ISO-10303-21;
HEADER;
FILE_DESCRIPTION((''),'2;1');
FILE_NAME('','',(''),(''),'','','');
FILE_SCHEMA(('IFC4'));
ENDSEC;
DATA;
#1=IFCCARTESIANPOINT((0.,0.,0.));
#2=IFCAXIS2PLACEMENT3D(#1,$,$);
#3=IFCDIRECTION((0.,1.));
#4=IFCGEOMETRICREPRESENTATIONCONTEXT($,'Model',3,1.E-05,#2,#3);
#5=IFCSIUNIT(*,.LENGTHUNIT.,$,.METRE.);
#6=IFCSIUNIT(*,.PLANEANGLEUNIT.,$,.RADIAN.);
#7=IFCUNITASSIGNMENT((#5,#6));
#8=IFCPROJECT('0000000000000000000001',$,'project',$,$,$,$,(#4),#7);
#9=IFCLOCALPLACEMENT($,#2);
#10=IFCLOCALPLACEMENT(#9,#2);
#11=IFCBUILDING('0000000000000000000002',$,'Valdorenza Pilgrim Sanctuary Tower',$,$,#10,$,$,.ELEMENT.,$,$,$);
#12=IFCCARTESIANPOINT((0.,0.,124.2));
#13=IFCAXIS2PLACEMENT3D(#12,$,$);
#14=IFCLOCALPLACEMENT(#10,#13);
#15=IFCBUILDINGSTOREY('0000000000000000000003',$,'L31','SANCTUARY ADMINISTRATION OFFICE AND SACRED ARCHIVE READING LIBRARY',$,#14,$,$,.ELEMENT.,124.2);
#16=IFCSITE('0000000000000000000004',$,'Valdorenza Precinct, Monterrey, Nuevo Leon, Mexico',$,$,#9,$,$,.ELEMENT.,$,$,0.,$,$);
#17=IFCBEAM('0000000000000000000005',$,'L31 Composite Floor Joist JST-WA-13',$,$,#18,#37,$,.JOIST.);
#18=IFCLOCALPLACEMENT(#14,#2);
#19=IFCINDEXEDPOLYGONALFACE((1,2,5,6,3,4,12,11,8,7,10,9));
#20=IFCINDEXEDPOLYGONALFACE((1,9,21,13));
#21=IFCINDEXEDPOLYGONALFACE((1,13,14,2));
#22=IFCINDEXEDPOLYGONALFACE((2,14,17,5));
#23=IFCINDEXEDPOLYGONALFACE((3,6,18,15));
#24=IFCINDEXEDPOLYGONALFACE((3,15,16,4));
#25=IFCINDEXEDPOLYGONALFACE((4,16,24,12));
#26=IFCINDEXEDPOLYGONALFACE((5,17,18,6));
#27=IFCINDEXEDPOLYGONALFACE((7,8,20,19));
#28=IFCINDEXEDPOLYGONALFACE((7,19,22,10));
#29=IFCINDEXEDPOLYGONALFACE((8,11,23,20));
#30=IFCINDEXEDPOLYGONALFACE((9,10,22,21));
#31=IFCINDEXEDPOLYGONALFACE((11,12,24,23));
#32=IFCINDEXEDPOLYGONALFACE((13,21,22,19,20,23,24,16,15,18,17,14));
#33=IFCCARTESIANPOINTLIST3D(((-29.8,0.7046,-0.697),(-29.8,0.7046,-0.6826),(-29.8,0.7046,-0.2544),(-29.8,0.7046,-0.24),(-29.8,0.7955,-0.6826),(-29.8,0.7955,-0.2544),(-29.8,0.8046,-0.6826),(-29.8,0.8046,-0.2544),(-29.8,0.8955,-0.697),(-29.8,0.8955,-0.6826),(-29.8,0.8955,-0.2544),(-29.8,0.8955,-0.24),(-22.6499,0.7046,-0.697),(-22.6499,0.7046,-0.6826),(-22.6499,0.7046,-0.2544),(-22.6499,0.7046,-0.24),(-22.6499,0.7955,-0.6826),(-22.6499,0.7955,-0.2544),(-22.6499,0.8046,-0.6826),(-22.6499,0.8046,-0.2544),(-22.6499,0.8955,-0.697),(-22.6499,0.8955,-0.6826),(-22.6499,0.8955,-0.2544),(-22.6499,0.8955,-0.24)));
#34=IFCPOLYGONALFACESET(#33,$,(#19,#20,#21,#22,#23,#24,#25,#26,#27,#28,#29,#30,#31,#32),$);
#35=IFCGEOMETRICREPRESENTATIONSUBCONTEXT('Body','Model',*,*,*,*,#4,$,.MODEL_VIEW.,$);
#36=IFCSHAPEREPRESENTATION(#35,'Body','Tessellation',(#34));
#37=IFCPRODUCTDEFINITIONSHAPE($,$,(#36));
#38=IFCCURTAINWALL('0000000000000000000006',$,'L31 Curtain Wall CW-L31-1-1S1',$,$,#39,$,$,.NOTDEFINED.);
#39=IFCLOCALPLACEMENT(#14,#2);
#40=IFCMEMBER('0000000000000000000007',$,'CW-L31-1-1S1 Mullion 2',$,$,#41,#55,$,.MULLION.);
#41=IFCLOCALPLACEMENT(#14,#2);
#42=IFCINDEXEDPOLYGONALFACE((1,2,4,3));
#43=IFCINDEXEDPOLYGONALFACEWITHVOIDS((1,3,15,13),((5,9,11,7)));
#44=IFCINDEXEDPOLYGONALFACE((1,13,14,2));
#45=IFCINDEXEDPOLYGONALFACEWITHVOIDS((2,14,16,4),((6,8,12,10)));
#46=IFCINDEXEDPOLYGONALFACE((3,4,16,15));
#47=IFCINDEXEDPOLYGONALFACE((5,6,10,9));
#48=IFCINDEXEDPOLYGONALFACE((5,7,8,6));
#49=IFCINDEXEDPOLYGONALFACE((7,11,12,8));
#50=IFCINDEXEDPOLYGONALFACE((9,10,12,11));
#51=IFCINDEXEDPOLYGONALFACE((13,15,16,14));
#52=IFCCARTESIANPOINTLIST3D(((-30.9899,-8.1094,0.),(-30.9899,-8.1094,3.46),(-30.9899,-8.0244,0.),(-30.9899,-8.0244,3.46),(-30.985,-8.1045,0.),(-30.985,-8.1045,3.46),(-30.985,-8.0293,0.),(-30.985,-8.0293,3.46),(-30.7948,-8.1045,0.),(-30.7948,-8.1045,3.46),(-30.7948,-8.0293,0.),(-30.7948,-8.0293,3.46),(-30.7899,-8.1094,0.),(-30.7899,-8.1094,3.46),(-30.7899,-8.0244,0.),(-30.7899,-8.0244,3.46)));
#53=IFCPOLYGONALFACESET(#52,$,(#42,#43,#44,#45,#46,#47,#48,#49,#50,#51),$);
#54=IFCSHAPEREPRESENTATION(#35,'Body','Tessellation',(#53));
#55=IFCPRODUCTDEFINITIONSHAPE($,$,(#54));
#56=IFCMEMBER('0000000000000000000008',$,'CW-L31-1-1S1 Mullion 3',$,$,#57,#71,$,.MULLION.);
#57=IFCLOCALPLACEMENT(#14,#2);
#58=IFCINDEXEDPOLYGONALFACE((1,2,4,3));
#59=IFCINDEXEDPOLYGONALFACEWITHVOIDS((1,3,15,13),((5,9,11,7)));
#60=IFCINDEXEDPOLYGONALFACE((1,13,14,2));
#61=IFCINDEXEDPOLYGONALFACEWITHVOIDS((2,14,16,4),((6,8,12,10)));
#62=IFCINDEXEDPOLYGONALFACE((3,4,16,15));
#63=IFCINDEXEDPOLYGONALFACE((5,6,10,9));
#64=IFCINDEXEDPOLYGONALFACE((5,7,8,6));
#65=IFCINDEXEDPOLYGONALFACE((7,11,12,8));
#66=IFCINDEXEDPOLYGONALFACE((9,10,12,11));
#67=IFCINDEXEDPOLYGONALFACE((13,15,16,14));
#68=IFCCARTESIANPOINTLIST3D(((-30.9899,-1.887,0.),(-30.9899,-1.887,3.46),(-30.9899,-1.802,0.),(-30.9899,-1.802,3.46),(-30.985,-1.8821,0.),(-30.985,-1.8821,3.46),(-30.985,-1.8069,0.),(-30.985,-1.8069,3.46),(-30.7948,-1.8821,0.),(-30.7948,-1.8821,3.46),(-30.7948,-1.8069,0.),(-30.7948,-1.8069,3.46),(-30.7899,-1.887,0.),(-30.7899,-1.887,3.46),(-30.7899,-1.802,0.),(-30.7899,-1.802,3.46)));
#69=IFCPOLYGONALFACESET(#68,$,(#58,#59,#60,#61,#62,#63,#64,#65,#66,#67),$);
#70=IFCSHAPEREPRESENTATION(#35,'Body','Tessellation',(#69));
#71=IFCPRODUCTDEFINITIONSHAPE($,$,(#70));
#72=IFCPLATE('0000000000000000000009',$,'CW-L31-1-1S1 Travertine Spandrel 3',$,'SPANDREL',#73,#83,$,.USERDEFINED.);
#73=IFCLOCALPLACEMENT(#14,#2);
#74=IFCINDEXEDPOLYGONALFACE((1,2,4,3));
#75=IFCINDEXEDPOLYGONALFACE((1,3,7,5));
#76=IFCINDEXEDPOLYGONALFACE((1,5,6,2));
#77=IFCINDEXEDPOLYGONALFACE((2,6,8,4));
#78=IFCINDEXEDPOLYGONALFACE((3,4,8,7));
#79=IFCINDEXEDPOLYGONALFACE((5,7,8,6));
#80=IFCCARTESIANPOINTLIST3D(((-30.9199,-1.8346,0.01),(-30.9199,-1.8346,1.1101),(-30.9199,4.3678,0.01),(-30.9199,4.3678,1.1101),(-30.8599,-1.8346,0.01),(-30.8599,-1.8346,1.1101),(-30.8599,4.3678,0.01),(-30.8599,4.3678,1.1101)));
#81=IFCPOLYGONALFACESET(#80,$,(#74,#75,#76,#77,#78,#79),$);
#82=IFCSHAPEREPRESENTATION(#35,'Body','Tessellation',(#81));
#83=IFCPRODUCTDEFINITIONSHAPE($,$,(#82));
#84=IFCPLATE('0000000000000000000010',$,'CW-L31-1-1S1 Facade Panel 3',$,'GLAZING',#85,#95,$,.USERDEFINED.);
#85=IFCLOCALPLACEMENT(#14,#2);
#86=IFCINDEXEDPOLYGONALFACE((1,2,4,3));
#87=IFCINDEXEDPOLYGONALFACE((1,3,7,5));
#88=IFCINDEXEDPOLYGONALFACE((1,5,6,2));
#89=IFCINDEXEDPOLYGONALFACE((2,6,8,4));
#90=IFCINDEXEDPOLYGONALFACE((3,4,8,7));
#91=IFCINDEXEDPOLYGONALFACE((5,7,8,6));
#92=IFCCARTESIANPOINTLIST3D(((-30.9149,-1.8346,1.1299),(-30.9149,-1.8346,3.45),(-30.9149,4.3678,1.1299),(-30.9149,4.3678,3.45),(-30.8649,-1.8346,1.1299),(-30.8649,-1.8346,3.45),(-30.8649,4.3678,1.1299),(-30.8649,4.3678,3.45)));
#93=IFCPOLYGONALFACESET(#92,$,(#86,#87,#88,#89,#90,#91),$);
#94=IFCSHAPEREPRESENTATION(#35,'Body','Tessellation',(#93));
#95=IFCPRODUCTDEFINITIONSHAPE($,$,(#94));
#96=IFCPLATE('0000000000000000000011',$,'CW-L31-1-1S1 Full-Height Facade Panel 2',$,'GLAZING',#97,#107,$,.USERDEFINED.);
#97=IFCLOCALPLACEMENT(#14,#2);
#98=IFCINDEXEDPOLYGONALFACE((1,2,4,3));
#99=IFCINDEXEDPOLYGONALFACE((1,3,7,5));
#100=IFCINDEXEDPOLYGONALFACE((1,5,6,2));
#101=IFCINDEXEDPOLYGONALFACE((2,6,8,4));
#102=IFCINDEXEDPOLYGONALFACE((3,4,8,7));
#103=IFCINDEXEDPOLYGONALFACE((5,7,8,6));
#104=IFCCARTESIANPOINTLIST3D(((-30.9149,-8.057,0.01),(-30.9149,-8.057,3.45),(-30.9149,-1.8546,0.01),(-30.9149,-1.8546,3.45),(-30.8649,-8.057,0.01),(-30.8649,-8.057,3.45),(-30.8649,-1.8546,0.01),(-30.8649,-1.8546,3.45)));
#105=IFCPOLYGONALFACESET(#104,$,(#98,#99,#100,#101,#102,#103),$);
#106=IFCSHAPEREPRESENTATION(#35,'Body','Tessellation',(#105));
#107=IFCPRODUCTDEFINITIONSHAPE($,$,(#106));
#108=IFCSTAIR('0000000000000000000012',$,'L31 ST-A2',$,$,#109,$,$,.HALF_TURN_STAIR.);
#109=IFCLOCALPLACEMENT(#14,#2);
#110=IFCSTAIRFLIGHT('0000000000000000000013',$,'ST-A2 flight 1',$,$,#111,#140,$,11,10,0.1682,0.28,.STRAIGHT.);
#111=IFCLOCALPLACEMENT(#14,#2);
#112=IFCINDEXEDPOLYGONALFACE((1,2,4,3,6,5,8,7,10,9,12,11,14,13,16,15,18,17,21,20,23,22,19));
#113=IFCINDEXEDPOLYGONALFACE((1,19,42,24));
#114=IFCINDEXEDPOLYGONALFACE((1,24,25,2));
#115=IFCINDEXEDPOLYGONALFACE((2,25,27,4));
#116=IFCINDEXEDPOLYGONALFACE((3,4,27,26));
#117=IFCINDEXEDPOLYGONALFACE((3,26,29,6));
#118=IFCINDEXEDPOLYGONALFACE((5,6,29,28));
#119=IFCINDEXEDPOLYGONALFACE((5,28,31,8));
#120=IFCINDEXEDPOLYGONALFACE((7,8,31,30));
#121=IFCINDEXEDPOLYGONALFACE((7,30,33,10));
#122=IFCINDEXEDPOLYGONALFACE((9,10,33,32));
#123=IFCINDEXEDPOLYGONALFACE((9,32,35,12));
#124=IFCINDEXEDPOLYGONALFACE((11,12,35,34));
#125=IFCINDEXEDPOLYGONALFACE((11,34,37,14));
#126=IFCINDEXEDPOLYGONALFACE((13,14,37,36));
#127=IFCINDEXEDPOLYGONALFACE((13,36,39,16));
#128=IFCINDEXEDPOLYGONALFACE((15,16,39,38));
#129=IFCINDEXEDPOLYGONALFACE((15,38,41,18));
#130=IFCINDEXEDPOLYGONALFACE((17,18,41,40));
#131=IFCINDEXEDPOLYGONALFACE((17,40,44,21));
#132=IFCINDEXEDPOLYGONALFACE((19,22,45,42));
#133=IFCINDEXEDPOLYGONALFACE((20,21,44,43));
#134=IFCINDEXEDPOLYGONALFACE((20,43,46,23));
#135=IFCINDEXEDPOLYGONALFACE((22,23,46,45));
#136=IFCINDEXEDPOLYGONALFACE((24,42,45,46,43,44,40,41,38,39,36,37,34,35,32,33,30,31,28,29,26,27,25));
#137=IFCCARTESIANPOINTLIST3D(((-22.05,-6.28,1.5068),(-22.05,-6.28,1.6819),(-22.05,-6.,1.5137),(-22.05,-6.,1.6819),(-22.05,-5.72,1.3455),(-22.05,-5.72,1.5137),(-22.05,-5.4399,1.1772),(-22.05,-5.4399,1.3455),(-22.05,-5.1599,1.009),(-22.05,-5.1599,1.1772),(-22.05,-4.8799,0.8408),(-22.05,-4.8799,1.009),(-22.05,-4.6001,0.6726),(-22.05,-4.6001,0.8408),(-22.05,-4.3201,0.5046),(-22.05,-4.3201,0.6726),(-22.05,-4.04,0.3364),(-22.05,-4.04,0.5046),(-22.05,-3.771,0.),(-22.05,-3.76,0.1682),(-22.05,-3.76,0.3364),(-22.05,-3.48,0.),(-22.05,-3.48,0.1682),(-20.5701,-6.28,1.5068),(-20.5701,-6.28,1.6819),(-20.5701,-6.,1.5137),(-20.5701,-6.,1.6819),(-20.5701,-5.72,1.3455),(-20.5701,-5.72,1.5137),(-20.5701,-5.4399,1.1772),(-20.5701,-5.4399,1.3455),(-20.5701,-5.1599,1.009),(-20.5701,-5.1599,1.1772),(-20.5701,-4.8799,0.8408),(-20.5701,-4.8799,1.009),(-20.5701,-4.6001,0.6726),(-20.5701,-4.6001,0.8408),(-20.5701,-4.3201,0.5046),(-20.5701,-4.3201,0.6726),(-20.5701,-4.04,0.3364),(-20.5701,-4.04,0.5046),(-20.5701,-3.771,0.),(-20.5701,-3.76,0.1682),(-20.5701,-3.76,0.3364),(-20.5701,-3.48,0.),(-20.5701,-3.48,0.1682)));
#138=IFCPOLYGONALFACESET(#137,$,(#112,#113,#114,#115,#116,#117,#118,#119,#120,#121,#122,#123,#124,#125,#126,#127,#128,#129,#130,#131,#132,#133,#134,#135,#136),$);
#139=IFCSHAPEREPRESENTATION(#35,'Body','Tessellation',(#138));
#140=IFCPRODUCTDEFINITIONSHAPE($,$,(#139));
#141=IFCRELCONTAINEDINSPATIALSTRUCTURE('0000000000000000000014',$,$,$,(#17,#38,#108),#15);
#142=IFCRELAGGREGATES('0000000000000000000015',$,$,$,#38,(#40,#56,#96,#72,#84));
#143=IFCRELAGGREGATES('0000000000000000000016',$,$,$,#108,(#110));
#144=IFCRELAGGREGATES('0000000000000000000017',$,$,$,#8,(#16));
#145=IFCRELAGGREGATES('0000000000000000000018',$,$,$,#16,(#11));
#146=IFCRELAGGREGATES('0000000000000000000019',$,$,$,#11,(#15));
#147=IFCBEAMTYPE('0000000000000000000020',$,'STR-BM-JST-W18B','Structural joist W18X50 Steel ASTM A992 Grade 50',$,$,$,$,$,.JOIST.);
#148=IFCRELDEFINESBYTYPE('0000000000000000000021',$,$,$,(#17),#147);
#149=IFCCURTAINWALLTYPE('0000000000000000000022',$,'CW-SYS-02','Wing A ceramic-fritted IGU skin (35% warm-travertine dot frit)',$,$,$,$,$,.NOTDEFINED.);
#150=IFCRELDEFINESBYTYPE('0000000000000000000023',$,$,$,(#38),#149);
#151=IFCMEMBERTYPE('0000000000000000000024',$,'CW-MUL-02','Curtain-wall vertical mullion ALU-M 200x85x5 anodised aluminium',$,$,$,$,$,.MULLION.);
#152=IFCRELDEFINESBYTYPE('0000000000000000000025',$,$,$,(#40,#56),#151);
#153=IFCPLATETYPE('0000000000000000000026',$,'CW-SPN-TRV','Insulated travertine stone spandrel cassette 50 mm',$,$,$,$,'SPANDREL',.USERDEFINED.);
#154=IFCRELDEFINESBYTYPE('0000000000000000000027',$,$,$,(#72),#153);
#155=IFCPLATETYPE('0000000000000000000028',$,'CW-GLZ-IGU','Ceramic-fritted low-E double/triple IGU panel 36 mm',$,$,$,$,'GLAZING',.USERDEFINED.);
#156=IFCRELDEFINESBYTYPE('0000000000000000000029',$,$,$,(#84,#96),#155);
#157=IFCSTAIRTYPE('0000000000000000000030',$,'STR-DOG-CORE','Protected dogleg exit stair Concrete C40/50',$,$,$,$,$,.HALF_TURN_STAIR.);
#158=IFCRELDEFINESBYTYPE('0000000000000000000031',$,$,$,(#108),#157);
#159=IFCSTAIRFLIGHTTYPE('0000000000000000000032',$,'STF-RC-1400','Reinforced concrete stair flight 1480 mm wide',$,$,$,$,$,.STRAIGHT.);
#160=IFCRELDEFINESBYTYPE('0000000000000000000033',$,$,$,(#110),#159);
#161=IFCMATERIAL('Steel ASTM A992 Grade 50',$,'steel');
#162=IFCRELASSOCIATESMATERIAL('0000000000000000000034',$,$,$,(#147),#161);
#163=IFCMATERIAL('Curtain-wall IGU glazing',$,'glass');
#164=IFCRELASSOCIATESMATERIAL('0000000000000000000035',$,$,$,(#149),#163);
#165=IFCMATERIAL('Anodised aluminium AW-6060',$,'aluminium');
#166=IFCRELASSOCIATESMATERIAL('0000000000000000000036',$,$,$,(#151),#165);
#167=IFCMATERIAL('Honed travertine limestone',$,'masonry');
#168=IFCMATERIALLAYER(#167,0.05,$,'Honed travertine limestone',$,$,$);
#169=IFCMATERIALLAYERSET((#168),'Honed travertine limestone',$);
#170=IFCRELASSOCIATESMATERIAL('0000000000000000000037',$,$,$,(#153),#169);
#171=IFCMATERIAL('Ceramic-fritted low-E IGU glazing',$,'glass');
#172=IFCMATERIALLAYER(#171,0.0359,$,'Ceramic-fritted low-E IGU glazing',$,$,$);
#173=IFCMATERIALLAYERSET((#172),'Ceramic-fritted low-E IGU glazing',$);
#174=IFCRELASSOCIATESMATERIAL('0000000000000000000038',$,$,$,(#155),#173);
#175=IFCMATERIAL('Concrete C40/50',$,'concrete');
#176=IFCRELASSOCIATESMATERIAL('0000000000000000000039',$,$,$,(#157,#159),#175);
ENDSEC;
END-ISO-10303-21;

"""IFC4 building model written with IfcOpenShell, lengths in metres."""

from ifc_helpers import new_model, si_unit, direction, frame, origin, origin_2d, place, context, subcontext, project, spatial, polyline, rectangle, hollow_rectangle, i_section, outline, extrude, source, transform, mapped, material, layer, layer_set, material_profile, profile_set, type_object, element, aggregate, save


model = new_model("IFC4")

# Units and contexts
model_context = context("Model", 3, precision=1e-05, world=origin(), true_north=direction((0.0, 1.0)))
body_context = subcontext(model_context, "Body", "Model", "MODEL_VIEW")
ifc_project = project(units=[si_unit("LENGTHUNIT", "METRE"), si_unit("PLANEANGLEUNIT", "RADIAN")], contexts=[model_context])

# Site, building, storey
site_placement = place(None, origin())
site = spatial("IfcSite", under=ifc_project, at=site_placement, Name="Valdorenza Precinct, Monterrey, Nuevo Leon, Mexico", CompositionType="ELEMENT", RefElevation=0.0)
building_placement = place(site_placement, origin())
building = spatial("IfcBuilding", under=site, at=building_placement, Name="Valdorenza Pilgrim Sanctuary Tower", CompositionType="ELEMENT")
storey_placement = place(building_placement, frame((0.0, 0.0, 124.2)))
storey = spatial("IfcBuildingStorey", under=building, at=storey_placement, Name="L31", Description="SANCTUARY ADMINISTRATION OFFICE AND SACRED ARCHIVE READING LIBRARY", CompositionType="ELEMENT", Elevation=124.2)

# Beam
ifc_material_1 = material(Name="Steel ASTM A992 Grade 50", Category="steel")
ifc_material_profile_1 = material_profile(ifc_material_1, i_section(OverallWidth=0.1909, OverallDepth=0.457, WebThickness=0.009, FlangeThickness=0.0144, at=origin_2d()), Name="W18X50")
ifc_profile_set_1 = profile_set([ifc_material_profile_1], Name="Steel ASTM A992 Grade 50")
beam_type_1 = type_object("IfcBeamType", Name="STR-BM-JST-W18B", Description="Structural joist W18X50 Steel ASTM A992 Grade 50", PredefinedType="JOIST", material=ifc_profile_set_1)
shared_shape_1 = source(origin(), body_context, "Body", "SweptSolid", [
    extrude(i_section(OverallWidth=0.1909, OverallDepth=0.457, WebThickness=0.009, FlangeThickness=0.0144, at=origin_2d()), origin(), (0.0, 0.0, 1.0), 7.1501),
])
for number, where, z_axis, x_axis, name in (
    (1, (-29.8, 0.8, -0.4685), (1.0, 0.0, 0.0), (0.0, 1.0, 0.0), "L31 Composite Floor Joist JST-WA-13"),
):
    element("IfcBeam", number, at=place(storey_placement, frame(where, z_axis=z_axis, x_axis=x_axis)), inside=storey, type_object=beam_type_1, Name=name, PredefinedType="JOIST", context=body_context, shape_type="MappedRepresentation", body=[
        mapped(shared_shape_1, transform((0.0, 0.0, 0.0), x_axis=(1.0, 0.0, 0.0), y_axis=(0.0, 1.0, 0.0), z_axis=(0.0, 0.0, 1.0), scale=1.0)),
    ])

# Curtain wall, members, plates
ifc_material_2 = material(Name="Curtain-wall IGU glazing", Category="glass")
curtain_wall_type = type_object("IfcCurtainWallType", Name="CW-SYS-02", Description="Wing A ceramic-fritted IGU skin (35% warm-travertine dot frit)", PredefinedType="NOTDEFINED", material=ifc_material_2)
curtain_wall_placement = place(storey_placement, origin())
curtain_wall = element("IfcCurtainWall", 2, at=curtain_wall_placement, inside=storey, type_object=curtain_wall_type, Name="L31 Curtain Wall CW-L31-1-1S1", PredefinedType="NOTDEFINED")
ifc_material_3 = material(Name="Anodised aluminium AW-6060", Category="aluminium")
ifc_material_profile_2 = material_profile(ifc_material_3, hollow_rectangle(XDim=0.085, YDim=0.2, WallThickness=0.0049, at=origin_2d()), Name="ALU-M 200x85x5")
ifc_profile_set_2 = profile_set([ifc_material_profile_2], Name="Anodised aluminium AW-6060")
member_type = type_object("IfcMemberType", Name="CW-MUL-02", Description="Curtain-wall vertical mullion ALU-M 200x85x5 anodised aluminium", PredefinedType="MULLION", material=ifc_profile_set_2)
shared_shape_2 = source(origin(), body_context, "Body", "SweptSolid", [
    extrude(hollow_rectangle(XDim=0.085, YDim=0.2, WallThickness=0.0049, at=origin_2d()), origin(), (0.0, 0.0, 1.0), 3.46),
])
member_1_placement = place(storey_placement, frame((-30.8899, -8.0669, 0.0), z_axis=(0.0, 0.0, 1.0), x_axis=(0.0, 1.0, 0.0)))
member_1 = element("IfcMember", 3, at=member_1_placement, type_object=member_type, Name="CW-L31-1-1S1 Mullion 2", PredefinedType="MULLION", context=body_context, shape_type="MappedRepresentation", body=[
    mapped(shared_shape_2, transform((0.0, 0.0, 0.0), x_axis=(1.0, 0.0, 0.0), y_axis=(0.0, 1.0, 0.0), z_axis=(0.0, 0.0, 1.0), scale=1.0)),
])
member_2_placement = place(storey_placement, frame((-30.8899, -1.8445, 0.0), z_axis=(0.0, 0.0, 1.0), x_axis=(0.0, 1.0, 0.0)))
member_2 = element("IfcMember", 4, at=member_2_placement, type_object=member_type, Name="CW-L31-1-1S1 Mullion 3", PredefinedType="MULLION", context=body_context, shape_type="MappedRepresentation", body=[
    mapped(shared_shape_2, transform((0.0, 0.0, 0.0), x_axis=(1.0, 0.0, 0.0), y_axis=(0.0, 1.0, 0.0), z_axis=(0.0, 0.0, 1.0), scale=1.0)),
])
ifc_material_4 = material(Name="Honed travertine limestone", Category="masonry")
ifc_layer_1 = layer(ifc_material_4, 0.05, Name="Honed travertine limestone")
ifc_layer_set_1 = layer_set([ifc_layer_1], Name="Honed travertine limestone")
plate_type_1 = type_object("IfcPlateType", Name="CW-SPN-TRV", Description="Insulated travertine stone spandrel cassette 50 mm", ElementType="SPANDREL", PredefinedType="USERDEFINED", material=ifc_layer_set_1)
shared_shape_3 = source(origin(), body_context, "Body", "SweptSolid", [
    extrude(rectangle(XDim=6.2024, YDim=0.0601, at=origin_2d()), origin(), (0.0, 0.0, 1.0), 1.1001),
])
plate_1_placement = place(storey_placement, frame((-30.8899, 1.2666, 0.01), z_axis=(0.0, 0.0, 1.0), x_axis=(0.0, 1.0, 0.0)))
plate_1 = element("IfcPlate", 5, at=plate_1_placement, type_object=plate_type_1, Name="CW-L31-1-1S1 Travertine Spandrel 3", ObjectType="SPANDREL", PredefinedType="USERDEFINED", context=body_context, shape_type="MappedRepresentation", body=[
    mapped(shared_shape_3, transform((0.0, 0.0, 0.0), x_axis=(1.0, 0.0, 0.0), y_axis=(0.0, 1.0, 0.0), z_axis=(0.0, 0.0, 1.0), scale=1.0)),
])
ifc_material_5 = material(Name="Ceramic-fritted low-E IGU glazing", Category="glass")
ifc_layer_2 = layer(ifc_material_5, 0.0359, Name="Ceramic-fritted low-E IGU glazing")
ifc_layer_set_2 = layer_set([ifc_layer_2], Name="Ceramic-fritted low-E IGU glazing")
plate_type_2 = type_object("IfcPlateType", Name="CW-GLZ-IGU", Description="Ceramic-fritted low-E double/triple IGU panel 36 mm", ElementType="GLAZING", PredefinedType="USERDEFINED", material=ifc_layer_set_2)
shared_shape_4 = source(origin(), body_context, "Body", "SweptSolid", [
    extrude(rectangle(XDim=6.2024, YDim=0.05, at=origin_2d()), origin(), (0.0, 0.0, 1.0), 2.3201),
])
plate_2_placement = place(storey_placement, frame((-30.8899, 1.2666, 1.1299), z_axis=(0.0, 0.0, 1.0), x_axis=(0.0, 1.0, 0.0)))
plate_2 = element("IfcPlate", 6, at=plate_2_placement, type_object=plate_type_2, Name="CW-L31-1-1S1 Facade Panel 3", ObjectType="GLAZING", PredefinedType="USERDEFINED", context=body_context, shape_type="MappedRepresentation", body=[
    mapped(shared_shape_4, transform((0.0, 0.0, 0.0), x_axis=(1.0, 0.0, 0.0), y_axis=(0.0, 1.0, 0.0), z_axis=(0.0, 0.0, 1.0), scale=1.0)),
])
shared_shape_5 = source(origin(), body_context, "Body", "SweptSolid", [
    extrude(rectangle(XDim=6.2024, YDim=0.05, at=origin_2d()), origin(), (0.0, 0.0, 1.0), 3.4399),
])
plate_3_placement = place(storey_placement, frame((-30.8899, -4.9558, 0.01), z_axis=(0.0, 0.0, 1.0), x_axis=(0.0, 1.0, 0.0)))
plate_3 = element("IfcPlate", 7, at=plate_3_placement, type_object=plate_type_2, Name="CW-L31-1-1S1 Full-Height Facade Panel 2", ObjectType="GLAZING", PredefinedType="USERDEFINED", context=body_context, shape_type="MappedRepresentation", body=[
    mapped(shared_shape_5, transform((0.0, 0.0, 0.0), x_axis=(1.0, 0.0, 0.0), y_axis=(0.0, 1.0, 0.0), z_axis=(0.0, 0.0, 1.0), scale=1.0)),
])
aggregate(curtain_wall, [member_1, member_2, plate_3, plate_1, plate_2])

# Shared definitions
ifc_material_6 = material(Name="Concrete C40/50", Category="concrete")

# Stair, stair flight
stair_type = type_object("IfcStairType", Name="STR-DOG-CORE", Description="Protected dogleg exit stair Concrete C40/50", PredefinedType="HALF_TURN_STAIR", material=ifc_material_6)
stair_placement = place(storey_placement, origin())
stair = element("IfcStair", 8, at=stair_placement, inside=storey, type_object=stair_type, Name="L31 ST-A2", PredefinedType="HALF_TURN_STAIR")
stair_flight_type = type_object("IfcStairFlightType", Name="STF-RC-1400", Description="Reinforced concrete stair flight 1480 mm wide", PredefinedType="STRAIGHT", material=ifc_material_6)
stair_flight_placement = place(storey_placement, frame((-21.3101, -3.48, 0.0), z_axis=(0.0, 0.0, 1.0), x_axis=(0.0, -1.0, 0.0)))
stair_flight = element("IfcStairFlight", 9, at=stair_flight_placement, type_object=stair_flight_type, Name="ST-A2 flight 1", NumberOfRisers=11, NumberOfTreads=10, PredefinedType="STRAIGHT", RiserHeight=0.1682, TreadLength=0.28, context=body_context, shape_type="SweptSolid", body=[
    extrude(outline(polyline([(0.0, 0.0), (0.0, 0.1682), (0.28, 0.1682), (0.28, 0.3364), (0.5601, 0.3364), (0.5601, 0.5046), (0.8401, 0.5046), (0.8401, 0.6726), (1.1201, 0.6726), (1.1201, 0.8408), (1.3999, 0.8408), (1.3999, 1.009), (1.6799, 1.009), (1.6799, 1.1772), (1.96, 1.1772), (1.96, 1.3455), (2.24, 1.3455), (2.24, 1.5137), (2.52, 1.5137), (2.52, 1.6819), (2.8, 1.6819), (2.8, 1.8501), (2.8, 1.5068), (0.291, 0.0), (0.0, 0.0)])), frame((0.0, 0.74, 0.0), z_axis=(0.0, -1.0, 0.0), x_axis=(1.0, 0.0, 0.0)), (0.0, 0.0, 1.0), 1.48),
])
aggregate(stair, [stair_flight])

save(model, "model.ifc")
